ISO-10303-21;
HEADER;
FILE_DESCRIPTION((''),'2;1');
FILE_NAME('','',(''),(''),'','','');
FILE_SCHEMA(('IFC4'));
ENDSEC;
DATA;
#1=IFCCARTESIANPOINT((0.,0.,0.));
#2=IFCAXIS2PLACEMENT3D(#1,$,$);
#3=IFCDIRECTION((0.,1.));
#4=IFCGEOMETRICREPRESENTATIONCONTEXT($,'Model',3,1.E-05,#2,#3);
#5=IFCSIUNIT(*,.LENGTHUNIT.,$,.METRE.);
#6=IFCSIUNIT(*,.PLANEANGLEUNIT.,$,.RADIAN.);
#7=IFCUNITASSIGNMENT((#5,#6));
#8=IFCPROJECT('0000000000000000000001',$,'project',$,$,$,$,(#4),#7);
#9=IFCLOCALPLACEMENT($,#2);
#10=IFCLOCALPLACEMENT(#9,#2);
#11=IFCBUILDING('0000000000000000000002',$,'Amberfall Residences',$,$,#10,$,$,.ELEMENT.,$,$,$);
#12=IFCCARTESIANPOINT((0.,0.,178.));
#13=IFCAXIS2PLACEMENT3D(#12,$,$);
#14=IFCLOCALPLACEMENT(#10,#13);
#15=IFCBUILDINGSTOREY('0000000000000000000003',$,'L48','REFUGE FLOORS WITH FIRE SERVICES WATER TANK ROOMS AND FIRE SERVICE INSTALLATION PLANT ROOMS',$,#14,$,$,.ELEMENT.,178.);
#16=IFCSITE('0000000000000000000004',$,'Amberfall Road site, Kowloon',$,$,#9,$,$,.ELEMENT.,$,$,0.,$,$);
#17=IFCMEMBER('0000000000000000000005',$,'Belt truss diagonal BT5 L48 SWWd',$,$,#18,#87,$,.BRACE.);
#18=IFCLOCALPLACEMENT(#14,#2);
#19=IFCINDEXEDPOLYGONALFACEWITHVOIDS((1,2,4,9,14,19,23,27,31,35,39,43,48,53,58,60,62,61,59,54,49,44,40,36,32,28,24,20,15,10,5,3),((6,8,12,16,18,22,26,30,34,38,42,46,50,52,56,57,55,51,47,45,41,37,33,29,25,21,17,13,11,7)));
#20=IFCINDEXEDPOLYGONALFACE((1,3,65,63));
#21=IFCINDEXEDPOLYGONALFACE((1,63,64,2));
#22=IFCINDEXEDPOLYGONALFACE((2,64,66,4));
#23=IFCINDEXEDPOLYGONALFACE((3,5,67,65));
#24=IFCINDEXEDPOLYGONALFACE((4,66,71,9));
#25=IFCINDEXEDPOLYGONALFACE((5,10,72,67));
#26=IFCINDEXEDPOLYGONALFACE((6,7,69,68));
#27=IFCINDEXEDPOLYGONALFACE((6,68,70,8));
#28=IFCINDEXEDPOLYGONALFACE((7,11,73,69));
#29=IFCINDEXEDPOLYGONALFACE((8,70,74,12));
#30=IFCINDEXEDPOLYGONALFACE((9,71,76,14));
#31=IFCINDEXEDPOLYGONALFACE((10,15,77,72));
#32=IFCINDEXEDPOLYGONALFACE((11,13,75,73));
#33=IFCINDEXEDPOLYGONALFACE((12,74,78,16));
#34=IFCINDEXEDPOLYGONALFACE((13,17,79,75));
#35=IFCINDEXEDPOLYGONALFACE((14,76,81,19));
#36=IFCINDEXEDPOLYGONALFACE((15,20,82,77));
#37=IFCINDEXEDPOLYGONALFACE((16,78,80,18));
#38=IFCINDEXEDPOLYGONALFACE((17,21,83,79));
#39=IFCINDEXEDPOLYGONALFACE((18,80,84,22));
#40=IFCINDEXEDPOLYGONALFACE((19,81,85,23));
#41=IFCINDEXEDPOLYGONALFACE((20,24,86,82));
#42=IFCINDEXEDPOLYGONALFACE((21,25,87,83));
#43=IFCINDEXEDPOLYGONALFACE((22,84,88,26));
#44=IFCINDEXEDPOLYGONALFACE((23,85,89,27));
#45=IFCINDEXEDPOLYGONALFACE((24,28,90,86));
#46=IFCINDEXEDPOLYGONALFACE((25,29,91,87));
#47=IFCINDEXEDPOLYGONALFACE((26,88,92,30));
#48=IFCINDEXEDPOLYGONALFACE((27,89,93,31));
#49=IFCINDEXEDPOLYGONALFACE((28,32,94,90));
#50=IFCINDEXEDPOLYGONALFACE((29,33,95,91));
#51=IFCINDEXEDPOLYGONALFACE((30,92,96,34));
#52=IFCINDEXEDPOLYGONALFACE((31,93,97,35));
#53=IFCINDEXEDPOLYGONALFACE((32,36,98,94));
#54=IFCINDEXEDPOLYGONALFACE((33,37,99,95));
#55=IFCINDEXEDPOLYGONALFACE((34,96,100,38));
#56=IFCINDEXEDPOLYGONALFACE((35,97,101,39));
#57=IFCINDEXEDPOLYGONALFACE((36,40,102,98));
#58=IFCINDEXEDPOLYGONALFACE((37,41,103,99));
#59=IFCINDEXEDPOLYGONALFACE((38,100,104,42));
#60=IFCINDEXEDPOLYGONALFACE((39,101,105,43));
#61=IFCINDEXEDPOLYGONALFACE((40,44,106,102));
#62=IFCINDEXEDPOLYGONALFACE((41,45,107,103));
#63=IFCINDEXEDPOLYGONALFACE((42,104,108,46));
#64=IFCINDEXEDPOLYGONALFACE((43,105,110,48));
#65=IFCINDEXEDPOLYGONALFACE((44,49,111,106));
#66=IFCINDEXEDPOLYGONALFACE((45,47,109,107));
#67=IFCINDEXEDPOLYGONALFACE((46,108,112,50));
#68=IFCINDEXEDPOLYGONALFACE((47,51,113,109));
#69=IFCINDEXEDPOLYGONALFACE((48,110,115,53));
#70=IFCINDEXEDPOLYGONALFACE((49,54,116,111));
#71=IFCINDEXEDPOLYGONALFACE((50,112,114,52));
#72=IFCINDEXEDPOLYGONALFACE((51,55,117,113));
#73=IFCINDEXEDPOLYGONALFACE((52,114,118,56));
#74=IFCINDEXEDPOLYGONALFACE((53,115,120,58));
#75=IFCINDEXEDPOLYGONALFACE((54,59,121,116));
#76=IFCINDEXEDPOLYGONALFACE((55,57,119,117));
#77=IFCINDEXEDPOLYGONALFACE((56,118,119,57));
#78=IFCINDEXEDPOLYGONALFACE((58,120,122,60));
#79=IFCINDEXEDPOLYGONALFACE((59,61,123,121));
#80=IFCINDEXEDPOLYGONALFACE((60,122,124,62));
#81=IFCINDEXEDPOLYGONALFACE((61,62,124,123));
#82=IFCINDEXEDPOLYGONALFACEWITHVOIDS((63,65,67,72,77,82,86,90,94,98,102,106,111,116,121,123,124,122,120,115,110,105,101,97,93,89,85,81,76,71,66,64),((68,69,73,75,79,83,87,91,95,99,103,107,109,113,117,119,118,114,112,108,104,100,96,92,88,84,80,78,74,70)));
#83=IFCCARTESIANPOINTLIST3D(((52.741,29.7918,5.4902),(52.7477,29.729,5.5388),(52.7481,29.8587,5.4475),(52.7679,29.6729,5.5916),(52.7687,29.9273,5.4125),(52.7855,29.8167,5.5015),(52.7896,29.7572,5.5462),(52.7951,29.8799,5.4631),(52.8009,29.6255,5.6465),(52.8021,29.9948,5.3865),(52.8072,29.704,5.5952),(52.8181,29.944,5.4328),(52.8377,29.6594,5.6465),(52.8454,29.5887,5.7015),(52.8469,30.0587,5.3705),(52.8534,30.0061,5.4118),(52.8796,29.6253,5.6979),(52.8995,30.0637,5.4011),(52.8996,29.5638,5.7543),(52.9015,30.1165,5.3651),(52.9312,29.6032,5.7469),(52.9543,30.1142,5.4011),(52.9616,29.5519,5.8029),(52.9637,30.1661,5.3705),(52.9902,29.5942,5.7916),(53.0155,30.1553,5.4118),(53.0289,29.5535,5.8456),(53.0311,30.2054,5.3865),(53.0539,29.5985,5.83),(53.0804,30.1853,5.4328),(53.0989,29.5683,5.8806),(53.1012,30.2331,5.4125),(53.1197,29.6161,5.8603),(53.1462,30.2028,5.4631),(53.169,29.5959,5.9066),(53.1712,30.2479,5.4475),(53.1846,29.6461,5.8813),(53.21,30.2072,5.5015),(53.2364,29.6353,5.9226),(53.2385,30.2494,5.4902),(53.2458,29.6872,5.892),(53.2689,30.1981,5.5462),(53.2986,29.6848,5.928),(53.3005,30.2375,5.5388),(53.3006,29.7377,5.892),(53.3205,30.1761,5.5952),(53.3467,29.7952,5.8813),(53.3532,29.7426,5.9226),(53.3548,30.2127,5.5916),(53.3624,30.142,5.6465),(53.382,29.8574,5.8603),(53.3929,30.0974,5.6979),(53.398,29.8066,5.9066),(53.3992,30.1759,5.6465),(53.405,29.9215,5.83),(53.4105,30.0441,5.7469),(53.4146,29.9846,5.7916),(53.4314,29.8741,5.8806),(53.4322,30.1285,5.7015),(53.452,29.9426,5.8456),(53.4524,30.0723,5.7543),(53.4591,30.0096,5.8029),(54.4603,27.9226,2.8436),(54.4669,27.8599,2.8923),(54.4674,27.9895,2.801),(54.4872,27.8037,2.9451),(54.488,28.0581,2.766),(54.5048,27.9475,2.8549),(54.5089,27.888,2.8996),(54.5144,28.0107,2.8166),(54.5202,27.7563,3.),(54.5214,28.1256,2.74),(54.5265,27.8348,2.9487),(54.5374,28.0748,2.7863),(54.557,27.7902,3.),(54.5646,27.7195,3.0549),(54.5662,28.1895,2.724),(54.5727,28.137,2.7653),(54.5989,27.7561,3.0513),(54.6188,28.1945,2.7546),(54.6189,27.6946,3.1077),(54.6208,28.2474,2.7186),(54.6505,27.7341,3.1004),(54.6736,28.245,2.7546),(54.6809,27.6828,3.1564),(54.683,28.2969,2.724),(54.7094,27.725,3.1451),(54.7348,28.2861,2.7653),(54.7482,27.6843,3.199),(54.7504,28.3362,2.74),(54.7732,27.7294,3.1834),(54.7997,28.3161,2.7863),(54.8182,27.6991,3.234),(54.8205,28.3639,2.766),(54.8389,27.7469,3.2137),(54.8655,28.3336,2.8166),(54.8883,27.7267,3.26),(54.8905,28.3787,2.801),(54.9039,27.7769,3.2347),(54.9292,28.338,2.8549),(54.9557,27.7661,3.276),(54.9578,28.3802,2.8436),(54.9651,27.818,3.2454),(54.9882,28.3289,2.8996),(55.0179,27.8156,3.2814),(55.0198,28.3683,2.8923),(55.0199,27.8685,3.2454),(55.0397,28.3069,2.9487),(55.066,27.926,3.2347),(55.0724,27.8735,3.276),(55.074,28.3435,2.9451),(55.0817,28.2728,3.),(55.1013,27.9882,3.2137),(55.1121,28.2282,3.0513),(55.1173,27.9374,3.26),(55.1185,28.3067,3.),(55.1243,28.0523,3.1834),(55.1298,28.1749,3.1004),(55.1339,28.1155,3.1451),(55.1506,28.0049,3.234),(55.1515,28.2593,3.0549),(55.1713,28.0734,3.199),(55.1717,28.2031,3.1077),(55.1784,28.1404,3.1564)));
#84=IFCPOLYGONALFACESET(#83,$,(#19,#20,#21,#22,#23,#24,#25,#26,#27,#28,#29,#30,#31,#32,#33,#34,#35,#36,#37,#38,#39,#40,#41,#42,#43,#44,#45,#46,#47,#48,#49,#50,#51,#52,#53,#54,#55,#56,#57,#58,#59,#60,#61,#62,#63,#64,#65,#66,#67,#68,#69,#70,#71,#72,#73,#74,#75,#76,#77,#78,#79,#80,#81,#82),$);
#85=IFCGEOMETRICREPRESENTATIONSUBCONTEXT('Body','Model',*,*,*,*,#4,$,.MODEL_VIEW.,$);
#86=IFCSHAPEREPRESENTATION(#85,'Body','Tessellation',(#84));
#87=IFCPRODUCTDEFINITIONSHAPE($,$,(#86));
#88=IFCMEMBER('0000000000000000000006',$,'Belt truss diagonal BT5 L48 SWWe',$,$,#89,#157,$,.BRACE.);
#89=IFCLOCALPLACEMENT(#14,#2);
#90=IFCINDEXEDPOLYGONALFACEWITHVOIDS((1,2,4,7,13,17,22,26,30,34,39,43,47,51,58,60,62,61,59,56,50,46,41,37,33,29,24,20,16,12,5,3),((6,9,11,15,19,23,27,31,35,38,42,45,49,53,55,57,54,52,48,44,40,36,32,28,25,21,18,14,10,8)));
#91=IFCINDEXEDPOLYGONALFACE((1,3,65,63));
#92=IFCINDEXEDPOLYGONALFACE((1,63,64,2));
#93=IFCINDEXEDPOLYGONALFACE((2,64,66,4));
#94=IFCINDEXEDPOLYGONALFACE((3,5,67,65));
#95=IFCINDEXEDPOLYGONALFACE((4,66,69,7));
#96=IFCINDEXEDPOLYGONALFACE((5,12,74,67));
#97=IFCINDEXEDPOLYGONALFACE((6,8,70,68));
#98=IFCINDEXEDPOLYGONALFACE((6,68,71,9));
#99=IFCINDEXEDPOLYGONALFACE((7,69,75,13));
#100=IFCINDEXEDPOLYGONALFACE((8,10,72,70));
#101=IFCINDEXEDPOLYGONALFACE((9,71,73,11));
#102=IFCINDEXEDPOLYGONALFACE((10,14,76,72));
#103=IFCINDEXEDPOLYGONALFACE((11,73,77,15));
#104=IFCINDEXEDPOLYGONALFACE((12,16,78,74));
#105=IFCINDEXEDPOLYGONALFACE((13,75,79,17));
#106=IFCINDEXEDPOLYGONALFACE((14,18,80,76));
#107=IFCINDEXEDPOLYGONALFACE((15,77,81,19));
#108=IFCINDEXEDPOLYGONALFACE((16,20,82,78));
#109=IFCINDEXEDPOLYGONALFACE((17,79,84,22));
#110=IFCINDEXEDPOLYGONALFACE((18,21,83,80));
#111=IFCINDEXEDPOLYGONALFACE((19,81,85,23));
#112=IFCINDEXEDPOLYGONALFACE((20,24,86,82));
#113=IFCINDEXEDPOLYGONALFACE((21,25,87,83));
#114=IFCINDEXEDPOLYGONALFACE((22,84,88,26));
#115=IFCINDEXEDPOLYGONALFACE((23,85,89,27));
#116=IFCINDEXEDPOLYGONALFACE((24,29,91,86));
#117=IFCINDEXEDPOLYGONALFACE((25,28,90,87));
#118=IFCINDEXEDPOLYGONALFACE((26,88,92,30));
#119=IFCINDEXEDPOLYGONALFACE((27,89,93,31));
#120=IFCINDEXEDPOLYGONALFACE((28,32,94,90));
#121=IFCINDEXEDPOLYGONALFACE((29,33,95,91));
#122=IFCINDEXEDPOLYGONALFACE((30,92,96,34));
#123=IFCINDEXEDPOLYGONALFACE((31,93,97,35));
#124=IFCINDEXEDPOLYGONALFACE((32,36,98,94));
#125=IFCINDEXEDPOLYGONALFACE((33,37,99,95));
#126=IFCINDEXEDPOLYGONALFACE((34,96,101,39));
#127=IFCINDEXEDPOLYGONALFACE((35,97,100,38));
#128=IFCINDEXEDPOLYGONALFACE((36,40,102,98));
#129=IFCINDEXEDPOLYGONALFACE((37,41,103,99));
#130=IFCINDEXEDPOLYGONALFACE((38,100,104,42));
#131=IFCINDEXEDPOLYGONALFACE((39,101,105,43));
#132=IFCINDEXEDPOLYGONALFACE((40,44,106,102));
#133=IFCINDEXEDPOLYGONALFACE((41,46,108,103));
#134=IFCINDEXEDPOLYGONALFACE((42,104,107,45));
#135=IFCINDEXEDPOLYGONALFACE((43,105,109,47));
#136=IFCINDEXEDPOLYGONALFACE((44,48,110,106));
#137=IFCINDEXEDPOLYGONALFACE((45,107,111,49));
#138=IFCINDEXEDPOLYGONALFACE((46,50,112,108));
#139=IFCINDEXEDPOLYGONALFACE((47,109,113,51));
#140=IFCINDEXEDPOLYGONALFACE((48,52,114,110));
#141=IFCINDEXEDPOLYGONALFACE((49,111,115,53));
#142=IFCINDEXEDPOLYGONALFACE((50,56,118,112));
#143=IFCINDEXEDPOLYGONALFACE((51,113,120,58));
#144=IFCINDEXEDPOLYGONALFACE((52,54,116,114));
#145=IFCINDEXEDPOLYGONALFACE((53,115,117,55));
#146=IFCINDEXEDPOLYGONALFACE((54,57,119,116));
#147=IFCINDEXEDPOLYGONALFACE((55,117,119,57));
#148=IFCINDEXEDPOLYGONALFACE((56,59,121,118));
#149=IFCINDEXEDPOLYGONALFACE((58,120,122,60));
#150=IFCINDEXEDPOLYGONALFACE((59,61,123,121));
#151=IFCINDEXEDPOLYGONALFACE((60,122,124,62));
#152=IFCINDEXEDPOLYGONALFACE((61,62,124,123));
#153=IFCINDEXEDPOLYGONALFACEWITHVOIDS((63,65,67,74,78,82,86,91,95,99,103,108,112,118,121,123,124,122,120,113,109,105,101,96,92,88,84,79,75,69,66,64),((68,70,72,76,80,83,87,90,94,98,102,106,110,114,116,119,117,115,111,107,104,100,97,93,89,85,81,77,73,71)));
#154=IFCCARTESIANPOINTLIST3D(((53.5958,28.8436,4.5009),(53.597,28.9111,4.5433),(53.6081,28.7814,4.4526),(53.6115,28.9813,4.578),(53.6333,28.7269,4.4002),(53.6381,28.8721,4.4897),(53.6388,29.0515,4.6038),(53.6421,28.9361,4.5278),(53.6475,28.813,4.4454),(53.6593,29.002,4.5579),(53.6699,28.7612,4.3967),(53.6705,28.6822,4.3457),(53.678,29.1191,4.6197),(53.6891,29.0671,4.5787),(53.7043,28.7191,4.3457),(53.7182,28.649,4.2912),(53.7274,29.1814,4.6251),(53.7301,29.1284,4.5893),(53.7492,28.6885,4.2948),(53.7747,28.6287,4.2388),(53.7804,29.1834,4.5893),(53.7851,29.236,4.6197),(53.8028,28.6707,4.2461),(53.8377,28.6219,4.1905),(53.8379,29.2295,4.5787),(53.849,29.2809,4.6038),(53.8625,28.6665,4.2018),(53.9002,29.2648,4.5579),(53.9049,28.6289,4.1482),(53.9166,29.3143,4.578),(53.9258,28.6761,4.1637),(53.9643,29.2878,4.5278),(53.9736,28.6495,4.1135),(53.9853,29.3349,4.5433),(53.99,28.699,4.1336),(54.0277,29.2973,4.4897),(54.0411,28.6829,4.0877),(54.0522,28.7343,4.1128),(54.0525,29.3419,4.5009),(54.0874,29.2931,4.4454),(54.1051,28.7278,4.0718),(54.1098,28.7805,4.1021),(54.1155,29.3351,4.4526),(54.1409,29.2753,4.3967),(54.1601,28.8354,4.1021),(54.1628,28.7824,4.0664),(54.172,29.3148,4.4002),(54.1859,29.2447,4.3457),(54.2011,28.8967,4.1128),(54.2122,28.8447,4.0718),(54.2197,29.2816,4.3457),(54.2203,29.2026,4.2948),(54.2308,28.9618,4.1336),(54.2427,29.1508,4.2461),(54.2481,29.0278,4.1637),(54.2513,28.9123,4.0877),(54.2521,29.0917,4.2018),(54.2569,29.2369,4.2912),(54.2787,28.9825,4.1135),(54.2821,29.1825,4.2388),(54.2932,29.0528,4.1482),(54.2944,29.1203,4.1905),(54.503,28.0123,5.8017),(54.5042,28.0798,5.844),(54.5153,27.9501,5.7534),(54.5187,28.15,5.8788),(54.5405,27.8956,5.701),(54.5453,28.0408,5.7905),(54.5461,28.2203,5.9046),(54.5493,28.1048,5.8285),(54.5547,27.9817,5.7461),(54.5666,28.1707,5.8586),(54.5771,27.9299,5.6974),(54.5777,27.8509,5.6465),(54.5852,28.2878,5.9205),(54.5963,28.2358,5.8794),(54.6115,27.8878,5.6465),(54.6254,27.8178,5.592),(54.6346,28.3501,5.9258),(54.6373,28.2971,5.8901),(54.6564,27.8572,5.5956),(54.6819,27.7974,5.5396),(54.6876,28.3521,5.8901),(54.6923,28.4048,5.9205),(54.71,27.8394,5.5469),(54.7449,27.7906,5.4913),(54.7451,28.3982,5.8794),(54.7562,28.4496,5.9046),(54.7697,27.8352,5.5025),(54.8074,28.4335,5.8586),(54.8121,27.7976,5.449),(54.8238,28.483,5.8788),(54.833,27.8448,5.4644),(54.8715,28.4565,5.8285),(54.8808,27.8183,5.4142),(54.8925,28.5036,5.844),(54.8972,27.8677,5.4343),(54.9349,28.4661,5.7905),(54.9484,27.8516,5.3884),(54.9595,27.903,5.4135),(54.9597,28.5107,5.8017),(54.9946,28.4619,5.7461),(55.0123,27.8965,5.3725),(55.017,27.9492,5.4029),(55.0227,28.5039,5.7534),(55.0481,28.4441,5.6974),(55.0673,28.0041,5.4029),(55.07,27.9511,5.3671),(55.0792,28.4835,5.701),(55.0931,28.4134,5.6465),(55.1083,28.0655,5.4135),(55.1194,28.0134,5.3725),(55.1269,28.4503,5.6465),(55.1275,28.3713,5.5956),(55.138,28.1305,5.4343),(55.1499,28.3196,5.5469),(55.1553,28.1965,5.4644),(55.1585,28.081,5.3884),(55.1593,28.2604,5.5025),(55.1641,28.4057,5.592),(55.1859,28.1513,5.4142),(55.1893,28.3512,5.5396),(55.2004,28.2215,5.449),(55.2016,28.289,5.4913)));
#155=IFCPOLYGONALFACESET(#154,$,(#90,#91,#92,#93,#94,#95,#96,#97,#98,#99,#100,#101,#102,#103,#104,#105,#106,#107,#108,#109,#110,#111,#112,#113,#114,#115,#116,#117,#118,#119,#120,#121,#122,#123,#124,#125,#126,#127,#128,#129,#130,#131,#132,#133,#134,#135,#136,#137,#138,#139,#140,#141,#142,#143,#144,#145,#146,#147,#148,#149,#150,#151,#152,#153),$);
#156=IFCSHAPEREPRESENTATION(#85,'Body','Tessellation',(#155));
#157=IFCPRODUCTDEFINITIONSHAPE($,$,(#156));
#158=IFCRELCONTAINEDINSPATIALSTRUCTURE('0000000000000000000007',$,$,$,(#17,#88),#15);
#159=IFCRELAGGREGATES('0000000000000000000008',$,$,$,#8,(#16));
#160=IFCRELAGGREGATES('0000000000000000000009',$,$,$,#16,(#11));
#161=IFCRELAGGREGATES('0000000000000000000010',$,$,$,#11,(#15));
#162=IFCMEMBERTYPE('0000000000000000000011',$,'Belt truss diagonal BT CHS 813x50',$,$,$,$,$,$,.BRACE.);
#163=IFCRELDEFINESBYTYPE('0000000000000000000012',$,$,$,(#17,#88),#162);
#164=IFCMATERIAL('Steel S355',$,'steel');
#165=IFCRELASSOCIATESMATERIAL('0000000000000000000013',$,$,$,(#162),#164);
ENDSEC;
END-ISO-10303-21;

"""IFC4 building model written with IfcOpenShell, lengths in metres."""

from ifc_helpers import new_model, si_unit, direction, frame, origin, origin_2d, place, context, subcontext, project, spatial, hollow_circle, extrude, material, material_profile, profile_set, type_object, element, save


model = new_model("IFC4")

# Units and contexts
model_context = context("Model", 3, precision=1e-05, world=origin(), true_north=direction((0.0, 1.0)))
body_context = subcontext(model_context, "Body", "Model", "MODEL_VIEW")
ifc_project = project(units=[si_unit("LENGTHUNIT", "METRE"), si_unit("PLANEANGLEUNIT", "RADIAN")], contexts=[model_context])

# Site, building, storey
site_placement = place(None, origin())
site = spatial("IfcSite", under=ifc_project, at=site_placement, Name="Amberfall Road site, Kowloon", CompositionType="ELEMENT", RefElevation=0.0)
building_placement = place(site_placement, origin())
building = spatial("IfcBuilding", under=site, at=building_placement, Name="Amberfall Residences", CompositionType="ELEMENT")
storey_placement = place(building_placement, frame((0.0, 0.0, 178.0)))
storey = spatial("IfcBuildingStorey", under=building, at=storey_placement, Name="L48", Description="REFUGE FLOORS WITH FIRE SERVICES WATER TANK ROOMS AND FIRE SERVICE INSTALLATION PLANT ROOMS", CompositionType="ELEMENT", Elevation=178.0)

# Shared definitions
ifc_material_1 = material(Name="Steel S355", Category="steel")

# Members
ifc_material_profile_1 = material_profile(ifc_material_1, hollow_circle(Radius=0.4065, WallThickness=0.05, at=origin_2d()), Name="CHS 813x50")
ifc_profile_set_1 = profile_set([ifc_material_profile_1], Name="Steel S355")
member_type = type_object("IfcMemberType", Name="Belt truss diagonal BT CHS 813x50", PredefinedType="BRACE", material=ifc_profile_set_1)
member_1_placement = place(storey_placement, frame((54.8193, 28.0315, 3.0), z_axis=(-0.468728, 0.509597, 0.72153), x_axis=(-0.736004, -0.676977, 0.0)))
element("IfcMember", 1, at=member_1_placement, inside=storey, type_object=member_type, Name="Belt truss diagonal BT5 L48 SWWd", PredefinedType="BRACE", context=body_context, shape_type="SweptSolid", body=[
    extrude(hollow_circle(Radius=0.4065, WallThickness=0.05, at=origin_2d()), origin(), (0.0, 0.0, 1.0), 3.668),
])
member_2_placement = place(storey_placement, frame((54.8523, 28.1506, 5.6465), z_axis=(-0.506668, 0.464264, -0.726461), x_axis=(-0.675581, -0.737286, 0.0)))
element("IfcMember", 2, at=member_2_placement, inside=storey, type_object=member_type, Name="Belt truss diagonal BT5 L48 SWWe", PredefinedType="BRACE", context=body_context, shape_type="SweptSolid", body=[
    extrude(hollow_circle(Radius=0.4065, WallThickness=0.05, at=origin_2d()), origin(), (0.0, 0.0, 1.0), 1.7905),
])

save(model, "model.ifc")
